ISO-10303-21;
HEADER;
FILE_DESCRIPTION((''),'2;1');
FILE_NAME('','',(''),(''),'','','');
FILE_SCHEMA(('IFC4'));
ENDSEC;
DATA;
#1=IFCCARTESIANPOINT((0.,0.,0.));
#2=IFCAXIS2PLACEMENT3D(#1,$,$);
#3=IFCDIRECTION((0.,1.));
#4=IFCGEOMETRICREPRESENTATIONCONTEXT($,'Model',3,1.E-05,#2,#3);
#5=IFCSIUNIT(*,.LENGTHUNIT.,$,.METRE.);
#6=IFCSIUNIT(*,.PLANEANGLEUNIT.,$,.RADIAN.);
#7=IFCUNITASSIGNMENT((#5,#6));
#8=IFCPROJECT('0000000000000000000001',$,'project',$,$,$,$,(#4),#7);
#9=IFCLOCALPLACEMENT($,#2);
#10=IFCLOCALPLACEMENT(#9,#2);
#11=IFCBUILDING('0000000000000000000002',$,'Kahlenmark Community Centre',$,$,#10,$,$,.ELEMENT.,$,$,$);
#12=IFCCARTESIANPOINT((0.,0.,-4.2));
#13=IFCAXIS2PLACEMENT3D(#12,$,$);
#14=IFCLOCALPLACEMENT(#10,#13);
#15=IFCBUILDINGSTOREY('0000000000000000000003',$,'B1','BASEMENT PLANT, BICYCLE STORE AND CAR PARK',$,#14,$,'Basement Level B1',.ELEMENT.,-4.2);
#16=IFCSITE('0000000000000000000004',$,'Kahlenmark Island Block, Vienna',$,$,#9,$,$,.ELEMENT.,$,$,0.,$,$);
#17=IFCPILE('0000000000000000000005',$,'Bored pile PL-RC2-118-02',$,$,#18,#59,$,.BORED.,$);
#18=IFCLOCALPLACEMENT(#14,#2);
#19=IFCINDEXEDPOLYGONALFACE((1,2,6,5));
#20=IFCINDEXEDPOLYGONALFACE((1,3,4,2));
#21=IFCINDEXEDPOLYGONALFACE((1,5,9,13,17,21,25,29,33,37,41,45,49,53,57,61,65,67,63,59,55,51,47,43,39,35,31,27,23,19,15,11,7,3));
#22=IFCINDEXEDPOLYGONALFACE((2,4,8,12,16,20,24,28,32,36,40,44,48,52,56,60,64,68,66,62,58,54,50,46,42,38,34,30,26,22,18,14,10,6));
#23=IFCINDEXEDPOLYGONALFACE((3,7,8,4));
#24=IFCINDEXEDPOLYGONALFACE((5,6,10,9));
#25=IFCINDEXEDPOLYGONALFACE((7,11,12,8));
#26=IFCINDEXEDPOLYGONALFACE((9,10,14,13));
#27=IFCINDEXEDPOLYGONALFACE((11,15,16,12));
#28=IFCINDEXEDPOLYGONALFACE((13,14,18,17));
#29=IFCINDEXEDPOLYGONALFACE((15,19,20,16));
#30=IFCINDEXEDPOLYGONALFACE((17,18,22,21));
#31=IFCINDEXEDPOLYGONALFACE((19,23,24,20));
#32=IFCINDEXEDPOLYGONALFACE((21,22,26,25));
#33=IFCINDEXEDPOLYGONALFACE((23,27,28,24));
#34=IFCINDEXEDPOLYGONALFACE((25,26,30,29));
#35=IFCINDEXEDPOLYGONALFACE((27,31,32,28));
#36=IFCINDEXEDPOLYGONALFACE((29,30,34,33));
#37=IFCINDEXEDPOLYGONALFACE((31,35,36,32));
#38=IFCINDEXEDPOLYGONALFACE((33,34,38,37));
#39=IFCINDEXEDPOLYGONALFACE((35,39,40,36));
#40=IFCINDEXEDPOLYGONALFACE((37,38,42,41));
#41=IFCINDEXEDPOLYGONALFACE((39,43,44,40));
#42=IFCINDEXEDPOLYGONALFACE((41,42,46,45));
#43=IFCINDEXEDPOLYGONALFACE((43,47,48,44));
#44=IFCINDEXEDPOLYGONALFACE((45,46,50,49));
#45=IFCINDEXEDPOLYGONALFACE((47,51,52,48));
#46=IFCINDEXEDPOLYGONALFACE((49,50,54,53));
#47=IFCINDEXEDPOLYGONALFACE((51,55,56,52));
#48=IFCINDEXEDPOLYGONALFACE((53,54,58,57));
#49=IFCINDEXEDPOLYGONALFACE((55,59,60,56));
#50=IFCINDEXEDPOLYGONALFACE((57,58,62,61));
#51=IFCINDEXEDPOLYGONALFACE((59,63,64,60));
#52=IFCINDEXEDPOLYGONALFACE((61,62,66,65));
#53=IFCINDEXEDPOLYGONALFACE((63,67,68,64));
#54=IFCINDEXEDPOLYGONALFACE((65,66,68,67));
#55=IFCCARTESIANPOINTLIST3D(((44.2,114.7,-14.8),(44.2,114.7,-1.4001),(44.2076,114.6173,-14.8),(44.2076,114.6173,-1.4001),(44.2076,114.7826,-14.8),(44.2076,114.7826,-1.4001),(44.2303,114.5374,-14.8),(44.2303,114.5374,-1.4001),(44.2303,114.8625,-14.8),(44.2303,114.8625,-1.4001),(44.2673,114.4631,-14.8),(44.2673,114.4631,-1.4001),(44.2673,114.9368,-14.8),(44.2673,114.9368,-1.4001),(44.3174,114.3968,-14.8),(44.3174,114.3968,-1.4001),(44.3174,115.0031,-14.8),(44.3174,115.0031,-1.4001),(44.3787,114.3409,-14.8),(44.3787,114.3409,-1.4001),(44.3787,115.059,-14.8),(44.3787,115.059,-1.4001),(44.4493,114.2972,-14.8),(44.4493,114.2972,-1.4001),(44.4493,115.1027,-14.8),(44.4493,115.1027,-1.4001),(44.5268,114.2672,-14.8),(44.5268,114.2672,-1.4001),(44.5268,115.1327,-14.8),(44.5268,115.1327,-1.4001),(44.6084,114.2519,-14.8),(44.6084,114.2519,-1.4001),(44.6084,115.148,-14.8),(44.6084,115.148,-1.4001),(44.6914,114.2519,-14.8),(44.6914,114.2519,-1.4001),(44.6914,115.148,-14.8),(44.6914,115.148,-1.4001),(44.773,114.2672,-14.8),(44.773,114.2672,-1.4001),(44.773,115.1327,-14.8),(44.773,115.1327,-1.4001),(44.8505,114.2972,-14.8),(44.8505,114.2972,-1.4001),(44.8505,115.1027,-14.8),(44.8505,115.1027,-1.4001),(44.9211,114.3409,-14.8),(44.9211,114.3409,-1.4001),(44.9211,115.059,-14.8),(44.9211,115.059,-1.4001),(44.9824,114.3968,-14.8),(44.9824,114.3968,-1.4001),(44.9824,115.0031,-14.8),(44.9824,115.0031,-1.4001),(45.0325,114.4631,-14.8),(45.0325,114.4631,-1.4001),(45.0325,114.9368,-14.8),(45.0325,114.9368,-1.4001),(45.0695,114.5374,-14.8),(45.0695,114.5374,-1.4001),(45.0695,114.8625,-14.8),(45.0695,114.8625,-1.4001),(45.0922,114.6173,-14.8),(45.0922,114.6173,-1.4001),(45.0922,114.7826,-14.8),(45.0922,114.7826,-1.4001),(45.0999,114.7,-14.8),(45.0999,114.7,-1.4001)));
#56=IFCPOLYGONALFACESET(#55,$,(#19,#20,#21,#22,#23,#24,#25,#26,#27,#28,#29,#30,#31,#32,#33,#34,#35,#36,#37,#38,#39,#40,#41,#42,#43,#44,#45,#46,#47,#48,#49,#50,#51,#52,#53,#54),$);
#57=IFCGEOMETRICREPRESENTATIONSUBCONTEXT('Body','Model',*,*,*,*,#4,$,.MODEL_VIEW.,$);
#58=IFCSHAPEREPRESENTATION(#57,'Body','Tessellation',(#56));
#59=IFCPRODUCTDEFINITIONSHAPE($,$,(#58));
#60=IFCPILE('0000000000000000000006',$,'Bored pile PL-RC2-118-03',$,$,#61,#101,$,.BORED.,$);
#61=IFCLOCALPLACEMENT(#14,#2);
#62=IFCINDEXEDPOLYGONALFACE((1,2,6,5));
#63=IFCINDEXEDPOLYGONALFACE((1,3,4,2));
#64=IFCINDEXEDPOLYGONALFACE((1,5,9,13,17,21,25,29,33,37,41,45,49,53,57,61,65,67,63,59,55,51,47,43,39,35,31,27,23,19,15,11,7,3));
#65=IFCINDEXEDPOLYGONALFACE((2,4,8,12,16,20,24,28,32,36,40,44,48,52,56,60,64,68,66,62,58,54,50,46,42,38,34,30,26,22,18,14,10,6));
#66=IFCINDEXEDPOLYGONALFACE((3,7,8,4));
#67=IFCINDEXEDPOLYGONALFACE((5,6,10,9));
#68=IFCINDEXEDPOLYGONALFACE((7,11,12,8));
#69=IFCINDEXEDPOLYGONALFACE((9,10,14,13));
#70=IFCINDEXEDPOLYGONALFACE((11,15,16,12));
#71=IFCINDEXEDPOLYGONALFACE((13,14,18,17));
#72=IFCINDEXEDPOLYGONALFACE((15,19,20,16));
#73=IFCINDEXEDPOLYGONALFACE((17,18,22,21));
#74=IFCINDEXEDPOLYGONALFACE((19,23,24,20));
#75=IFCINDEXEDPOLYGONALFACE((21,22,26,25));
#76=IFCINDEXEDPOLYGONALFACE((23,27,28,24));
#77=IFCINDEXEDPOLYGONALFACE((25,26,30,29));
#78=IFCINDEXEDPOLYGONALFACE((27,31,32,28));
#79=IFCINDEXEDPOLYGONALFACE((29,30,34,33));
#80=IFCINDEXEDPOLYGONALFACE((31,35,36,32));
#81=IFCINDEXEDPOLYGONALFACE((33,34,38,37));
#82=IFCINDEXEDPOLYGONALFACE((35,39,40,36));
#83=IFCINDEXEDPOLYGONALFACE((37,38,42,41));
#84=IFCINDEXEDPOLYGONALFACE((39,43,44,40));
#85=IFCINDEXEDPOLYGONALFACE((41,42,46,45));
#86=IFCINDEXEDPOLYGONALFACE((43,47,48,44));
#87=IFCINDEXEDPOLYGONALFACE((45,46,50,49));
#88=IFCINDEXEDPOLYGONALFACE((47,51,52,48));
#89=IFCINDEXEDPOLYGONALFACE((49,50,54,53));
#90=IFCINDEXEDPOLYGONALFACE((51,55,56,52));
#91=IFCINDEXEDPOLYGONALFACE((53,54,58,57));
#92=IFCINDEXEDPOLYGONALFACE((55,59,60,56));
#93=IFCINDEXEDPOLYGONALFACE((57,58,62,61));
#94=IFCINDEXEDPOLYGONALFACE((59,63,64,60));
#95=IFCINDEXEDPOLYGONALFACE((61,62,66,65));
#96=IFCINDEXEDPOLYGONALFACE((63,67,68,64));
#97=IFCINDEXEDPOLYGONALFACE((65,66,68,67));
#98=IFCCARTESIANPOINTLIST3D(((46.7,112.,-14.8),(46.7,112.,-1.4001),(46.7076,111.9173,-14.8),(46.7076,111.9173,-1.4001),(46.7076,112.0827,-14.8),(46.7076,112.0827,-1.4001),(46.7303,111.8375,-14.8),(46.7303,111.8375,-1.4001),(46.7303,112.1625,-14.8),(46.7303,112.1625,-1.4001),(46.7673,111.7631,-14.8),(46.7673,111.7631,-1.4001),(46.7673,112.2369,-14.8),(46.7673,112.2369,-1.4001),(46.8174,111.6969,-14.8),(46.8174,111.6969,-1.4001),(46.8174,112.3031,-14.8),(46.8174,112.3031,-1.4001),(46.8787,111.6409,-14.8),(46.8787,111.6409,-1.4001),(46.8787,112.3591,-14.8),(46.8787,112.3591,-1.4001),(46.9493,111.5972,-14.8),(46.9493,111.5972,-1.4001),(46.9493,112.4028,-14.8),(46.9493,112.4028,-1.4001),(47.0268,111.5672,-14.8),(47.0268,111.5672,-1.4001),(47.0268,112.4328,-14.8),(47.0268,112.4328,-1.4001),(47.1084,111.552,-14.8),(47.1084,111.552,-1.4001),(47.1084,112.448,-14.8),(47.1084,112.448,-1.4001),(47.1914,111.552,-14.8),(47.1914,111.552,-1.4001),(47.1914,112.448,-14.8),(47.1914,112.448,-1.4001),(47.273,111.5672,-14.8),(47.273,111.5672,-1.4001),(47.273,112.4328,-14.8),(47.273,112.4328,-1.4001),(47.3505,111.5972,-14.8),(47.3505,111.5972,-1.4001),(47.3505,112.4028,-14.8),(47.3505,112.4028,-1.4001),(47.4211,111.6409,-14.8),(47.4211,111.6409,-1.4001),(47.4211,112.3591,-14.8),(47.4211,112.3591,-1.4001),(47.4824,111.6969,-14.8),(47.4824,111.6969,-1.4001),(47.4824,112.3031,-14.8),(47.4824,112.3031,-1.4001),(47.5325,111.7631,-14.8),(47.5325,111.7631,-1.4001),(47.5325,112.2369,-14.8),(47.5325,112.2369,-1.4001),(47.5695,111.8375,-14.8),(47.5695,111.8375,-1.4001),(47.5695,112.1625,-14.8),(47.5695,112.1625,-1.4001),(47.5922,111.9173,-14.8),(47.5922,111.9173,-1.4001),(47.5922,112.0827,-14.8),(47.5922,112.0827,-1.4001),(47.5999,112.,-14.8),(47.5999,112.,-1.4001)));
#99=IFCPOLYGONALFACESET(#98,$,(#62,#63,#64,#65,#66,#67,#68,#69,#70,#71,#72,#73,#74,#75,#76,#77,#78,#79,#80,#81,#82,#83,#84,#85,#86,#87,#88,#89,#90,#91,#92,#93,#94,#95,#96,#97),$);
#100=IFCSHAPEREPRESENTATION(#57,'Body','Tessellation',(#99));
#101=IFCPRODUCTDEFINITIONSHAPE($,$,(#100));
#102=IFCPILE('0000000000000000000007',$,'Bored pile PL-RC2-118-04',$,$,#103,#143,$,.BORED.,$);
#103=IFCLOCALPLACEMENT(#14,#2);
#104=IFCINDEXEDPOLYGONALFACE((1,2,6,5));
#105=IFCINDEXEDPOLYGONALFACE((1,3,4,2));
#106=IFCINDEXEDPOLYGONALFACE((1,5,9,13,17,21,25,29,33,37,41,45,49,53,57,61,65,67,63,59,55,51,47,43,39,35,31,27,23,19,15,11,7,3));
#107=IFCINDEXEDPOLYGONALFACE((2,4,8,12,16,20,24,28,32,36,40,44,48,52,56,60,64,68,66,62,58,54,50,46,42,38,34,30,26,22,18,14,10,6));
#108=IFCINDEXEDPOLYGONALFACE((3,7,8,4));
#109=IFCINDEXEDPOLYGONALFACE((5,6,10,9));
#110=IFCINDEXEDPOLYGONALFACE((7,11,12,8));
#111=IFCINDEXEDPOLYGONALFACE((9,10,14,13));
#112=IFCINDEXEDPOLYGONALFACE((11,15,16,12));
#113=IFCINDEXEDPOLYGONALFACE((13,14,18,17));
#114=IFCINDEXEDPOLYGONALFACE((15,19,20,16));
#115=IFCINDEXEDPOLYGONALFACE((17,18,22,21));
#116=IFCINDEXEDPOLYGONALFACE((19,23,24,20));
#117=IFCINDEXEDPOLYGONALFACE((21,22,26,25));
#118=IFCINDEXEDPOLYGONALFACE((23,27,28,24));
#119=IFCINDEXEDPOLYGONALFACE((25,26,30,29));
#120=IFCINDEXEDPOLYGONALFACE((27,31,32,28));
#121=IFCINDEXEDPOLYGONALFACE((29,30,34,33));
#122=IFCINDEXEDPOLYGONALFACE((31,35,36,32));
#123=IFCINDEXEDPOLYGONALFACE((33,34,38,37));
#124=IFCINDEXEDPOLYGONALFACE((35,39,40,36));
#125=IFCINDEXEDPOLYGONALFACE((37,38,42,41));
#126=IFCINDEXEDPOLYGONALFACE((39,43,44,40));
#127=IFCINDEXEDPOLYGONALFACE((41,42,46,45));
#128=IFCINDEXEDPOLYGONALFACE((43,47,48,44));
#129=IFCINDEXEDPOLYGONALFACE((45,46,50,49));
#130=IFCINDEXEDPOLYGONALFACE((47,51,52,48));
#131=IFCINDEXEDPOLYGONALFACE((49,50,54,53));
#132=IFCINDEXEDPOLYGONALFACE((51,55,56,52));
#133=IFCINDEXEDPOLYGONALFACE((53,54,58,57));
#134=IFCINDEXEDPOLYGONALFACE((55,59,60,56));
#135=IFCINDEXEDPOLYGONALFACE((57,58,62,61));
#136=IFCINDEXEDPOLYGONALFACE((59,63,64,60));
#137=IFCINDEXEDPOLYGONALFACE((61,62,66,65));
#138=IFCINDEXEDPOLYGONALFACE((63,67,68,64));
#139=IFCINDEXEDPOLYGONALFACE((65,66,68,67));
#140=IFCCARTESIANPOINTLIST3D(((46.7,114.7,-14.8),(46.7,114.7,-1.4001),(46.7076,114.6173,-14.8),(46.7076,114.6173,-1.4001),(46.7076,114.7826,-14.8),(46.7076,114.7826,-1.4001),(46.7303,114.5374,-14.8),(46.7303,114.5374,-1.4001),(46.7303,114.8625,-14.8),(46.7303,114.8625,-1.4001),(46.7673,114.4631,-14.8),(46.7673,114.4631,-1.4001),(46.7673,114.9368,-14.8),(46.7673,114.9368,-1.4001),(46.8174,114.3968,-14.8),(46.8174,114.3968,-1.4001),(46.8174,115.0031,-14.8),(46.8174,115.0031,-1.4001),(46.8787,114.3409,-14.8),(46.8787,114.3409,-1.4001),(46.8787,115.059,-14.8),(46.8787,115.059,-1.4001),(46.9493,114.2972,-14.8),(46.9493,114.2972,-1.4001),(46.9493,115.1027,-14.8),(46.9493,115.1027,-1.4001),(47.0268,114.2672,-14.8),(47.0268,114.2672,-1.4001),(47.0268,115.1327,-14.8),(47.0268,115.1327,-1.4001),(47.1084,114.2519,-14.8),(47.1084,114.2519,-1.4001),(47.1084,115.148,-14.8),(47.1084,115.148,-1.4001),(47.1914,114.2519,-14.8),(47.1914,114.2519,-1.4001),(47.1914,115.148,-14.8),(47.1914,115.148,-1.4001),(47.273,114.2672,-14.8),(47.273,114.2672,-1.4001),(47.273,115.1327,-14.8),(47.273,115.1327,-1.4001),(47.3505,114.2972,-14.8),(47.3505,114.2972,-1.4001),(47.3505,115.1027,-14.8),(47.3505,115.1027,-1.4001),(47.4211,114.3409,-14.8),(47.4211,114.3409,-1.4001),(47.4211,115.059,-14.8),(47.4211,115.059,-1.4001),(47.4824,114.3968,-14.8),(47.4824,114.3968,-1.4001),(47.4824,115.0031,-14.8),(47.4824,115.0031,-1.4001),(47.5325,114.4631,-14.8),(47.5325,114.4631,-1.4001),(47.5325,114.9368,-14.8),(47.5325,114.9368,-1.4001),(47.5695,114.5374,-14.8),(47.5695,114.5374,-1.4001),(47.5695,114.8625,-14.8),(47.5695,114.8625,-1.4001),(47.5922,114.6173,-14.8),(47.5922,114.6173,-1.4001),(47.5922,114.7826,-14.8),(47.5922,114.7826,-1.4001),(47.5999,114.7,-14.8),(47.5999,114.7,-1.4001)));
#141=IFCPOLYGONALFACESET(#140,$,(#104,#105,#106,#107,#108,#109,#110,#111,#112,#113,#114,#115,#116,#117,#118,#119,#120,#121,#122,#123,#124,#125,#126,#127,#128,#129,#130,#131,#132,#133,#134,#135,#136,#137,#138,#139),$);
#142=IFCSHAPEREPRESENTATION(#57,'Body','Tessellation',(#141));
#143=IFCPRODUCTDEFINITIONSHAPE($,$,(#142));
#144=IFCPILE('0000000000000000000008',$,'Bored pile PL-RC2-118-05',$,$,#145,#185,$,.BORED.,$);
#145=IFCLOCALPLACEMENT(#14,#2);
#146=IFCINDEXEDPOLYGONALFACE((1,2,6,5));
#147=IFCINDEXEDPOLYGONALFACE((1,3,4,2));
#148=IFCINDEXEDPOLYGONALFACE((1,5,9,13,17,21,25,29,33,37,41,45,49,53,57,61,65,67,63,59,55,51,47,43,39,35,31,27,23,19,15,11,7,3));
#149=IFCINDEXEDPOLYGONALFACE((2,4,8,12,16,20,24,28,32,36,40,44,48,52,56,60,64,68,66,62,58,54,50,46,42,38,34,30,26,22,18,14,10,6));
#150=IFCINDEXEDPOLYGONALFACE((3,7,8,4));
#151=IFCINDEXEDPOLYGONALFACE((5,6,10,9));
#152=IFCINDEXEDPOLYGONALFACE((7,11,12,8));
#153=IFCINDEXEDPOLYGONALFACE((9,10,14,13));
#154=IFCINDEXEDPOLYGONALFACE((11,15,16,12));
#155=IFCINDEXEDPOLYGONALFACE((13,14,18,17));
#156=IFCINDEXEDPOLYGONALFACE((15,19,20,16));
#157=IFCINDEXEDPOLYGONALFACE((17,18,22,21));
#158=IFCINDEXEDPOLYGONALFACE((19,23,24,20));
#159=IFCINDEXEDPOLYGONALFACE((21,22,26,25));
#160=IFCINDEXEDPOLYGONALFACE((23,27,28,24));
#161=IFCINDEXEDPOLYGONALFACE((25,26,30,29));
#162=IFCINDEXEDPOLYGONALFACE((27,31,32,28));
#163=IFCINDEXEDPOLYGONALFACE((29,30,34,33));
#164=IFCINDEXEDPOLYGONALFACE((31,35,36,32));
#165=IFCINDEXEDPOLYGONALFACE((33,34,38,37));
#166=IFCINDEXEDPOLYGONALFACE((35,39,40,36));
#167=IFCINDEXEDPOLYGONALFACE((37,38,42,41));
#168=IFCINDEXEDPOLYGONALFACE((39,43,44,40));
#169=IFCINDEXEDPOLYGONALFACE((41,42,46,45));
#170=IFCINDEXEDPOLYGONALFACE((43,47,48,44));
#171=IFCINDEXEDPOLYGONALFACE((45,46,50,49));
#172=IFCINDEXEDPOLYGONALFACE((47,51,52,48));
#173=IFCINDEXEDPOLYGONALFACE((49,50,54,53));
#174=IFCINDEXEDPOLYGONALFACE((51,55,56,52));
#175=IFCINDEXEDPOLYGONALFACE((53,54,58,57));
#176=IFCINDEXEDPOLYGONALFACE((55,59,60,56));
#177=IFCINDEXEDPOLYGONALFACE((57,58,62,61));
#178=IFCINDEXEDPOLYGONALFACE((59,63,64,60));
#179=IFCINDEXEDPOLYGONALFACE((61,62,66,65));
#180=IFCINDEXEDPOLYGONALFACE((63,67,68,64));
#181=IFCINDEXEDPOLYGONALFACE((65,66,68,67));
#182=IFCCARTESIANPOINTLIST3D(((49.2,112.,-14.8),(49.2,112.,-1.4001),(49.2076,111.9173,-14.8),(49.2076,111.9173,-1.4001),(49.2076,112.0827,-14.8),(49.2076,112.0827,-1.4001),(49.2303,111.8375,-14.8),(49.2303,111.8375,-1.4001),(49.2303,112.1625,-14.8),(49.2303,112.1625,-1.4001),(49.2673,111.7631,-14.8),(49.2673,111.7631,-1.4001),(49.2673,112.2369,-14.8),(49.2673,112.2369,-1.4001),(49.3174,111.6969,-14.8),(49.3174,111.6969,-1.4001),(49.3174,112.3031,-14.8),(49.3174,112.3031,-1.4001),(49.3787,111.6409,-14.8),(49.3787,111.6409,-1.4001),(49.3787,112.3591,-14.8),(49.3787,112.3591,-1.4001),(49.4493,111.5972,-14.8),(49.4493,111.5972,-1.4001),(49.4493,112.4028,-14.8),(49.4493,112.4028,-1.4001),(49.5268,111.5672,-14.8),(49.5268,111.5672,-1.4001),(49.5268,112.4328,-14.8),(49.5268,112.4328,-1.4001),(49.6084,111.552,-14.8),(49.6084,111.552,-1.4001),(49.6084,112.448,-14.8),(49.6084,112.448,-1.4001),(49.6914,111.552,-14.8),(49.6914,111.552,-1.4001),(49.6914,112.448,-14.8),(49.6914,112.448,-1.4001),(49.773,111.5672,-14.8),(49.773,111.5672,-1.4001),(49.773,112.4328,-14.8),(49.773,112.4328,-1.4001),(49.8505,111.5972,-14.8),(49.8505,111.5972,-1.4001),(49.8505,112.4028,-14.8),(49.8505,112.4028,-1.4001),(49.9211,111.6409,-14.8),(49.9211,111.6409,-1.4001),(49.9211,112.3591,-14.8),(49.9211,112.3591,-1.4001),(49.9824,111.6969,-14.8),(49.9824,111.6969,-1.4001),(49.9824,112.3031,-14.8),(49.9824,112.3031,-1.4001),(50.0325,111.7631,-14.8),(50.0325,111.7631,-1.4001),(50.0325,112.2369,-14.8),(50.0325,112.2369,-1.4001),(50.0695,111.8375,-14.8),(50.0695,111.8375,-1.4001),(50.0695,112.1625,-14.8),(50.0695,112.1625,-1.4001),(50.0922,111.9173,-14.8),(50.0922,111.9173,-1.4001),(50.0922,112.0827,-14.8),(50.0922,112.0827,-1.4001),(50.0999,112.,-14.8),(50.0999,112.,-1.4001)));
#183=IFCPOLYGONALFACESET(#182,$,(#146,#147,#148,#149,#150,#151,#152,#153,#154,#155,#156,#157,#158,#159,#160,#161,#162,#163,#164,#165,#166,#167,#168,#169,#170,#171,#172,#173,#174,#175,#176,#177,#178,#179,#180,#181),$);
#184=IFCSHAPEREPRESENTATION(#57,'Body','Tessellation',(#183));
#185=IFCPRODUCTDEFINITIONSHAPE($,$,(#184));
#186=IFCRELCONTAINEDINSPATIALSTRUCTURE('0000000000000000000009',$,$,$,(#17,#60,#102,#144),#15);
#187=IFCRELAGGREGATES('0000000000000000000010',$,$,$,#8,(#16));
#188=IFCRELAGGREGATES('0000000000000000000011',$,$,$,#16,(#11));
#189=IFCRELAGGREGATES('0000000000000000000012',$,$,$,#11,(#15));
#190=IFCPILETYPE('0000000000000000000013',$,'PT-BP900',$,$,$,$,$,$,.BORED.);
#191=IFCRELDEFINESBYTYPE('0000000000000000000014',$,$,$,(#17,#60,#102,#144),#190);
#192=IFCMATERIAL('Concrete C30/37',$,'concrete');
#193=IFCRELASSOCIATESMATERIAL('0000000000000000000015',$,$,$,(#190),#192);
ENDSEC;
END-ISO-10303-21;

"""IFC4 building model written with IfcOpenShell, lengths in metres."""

from ifc_helpers import new_model, si_unit, direction, frame, origin, origin_2d, place, context, subcontext, project, spatial, circle, extrude, material, material_profile, profile_set, type_object, element, save


model = new_model("IFC4")

# Units and contexts
model_context = context("Model", 3, precision=1e-05, world=origin(), true_north=direction((0.0, 1.0)))
body_context = subcontext(model_context, "Body", "Model", "MODEL_VIEW")
ifc_project = project(units=[si_unit("LENGTHUNIT", "METRE"), si_unit("PLANEANGLEUNIT", "RADIAN")], contexts=[model_context])

# Site, building, storey
site_placement = place(None, origin())
site = spatial("IfcSite", under=ifc_project, at=site_placement, Name="Kahlenmark Island Block, Vienna", CompositionType="ELEMENT", RefElevation=0.0)
building_placement = place(site_placement, origin())
building = spatial("IfcBuilding", under=site, at=building_placement, Name="Kahlenmark Community Centre", CompositionType="ELEMENT")
storey_placement = place(building_placement, frame((0.0, 0.0, -4.2)))
storey = spatial("IfcBuildingStorey", under=building, at=storey_placement, Name="B1", Description="BASEMENT PLANT, BICYCLE STORE AND CAR PARK", LongName="Basement Level B1", CompositionType="ELEMENT", Elevation=-4.2)

# Shared definitions
ifc_material_1 = material(Name="Concrete C30/37", Category="concrete")

# Piles
ifc_material_profile_1 = material_profile(ifc_material_1, circle(Radius=0.45, at=origin_2d()), Name="BORED PILE 900")
ifc_profile_set_1 = profile_set([ifc_material_profile_1], Name="Concrete C30/37")
pile_type_1 = type_object("IfcPileType", Name="PT-BP900", PredefinedType="BORED", material=ifc_profile_set_1)
for number, where, z_axis, x_axis, name in (
    (1, (44.6499, 114.7, -1.4001), (0.0, 0.0, -1.0), (1.0, 0.0, 0.0), "Bored pile PL-RC2-118-02"),
    (2, (47.1499, 112.0, -1.4001), (0.0, 0.0, -1.0), (1.0, 0.0, 0.0), "Bored pile PL-RC2-118-03"),
    (3, (47.1499, 114.7, -1.4001), (0.0, 0.0, -1.0), (1.0, 0.0, 0.0), "Bored pile PL-RC2-118-04"),
    (4, (49.6499, 112.0, -1.4001), (0.0, 0.0, -1.0), (1.0, 0.0, 0.0), "Bored pile PL-RC2-118-05"),
):
    element("IfcPile", number, at=place(storey_placement, frame(where, z_axis=z_axis, x_axis=x_axis)), inside=storey, type_object=pile_type_1, Name=name, PredefinedType="BORED", context=body_context, shape_type="SweptSolid", body=[
        extrude(circle(Radius=0.45, at=origin_2d()), origin(), (0.0, 0.0, 1.0), 13.3999),
    ])

save(model, "model.ifc")
